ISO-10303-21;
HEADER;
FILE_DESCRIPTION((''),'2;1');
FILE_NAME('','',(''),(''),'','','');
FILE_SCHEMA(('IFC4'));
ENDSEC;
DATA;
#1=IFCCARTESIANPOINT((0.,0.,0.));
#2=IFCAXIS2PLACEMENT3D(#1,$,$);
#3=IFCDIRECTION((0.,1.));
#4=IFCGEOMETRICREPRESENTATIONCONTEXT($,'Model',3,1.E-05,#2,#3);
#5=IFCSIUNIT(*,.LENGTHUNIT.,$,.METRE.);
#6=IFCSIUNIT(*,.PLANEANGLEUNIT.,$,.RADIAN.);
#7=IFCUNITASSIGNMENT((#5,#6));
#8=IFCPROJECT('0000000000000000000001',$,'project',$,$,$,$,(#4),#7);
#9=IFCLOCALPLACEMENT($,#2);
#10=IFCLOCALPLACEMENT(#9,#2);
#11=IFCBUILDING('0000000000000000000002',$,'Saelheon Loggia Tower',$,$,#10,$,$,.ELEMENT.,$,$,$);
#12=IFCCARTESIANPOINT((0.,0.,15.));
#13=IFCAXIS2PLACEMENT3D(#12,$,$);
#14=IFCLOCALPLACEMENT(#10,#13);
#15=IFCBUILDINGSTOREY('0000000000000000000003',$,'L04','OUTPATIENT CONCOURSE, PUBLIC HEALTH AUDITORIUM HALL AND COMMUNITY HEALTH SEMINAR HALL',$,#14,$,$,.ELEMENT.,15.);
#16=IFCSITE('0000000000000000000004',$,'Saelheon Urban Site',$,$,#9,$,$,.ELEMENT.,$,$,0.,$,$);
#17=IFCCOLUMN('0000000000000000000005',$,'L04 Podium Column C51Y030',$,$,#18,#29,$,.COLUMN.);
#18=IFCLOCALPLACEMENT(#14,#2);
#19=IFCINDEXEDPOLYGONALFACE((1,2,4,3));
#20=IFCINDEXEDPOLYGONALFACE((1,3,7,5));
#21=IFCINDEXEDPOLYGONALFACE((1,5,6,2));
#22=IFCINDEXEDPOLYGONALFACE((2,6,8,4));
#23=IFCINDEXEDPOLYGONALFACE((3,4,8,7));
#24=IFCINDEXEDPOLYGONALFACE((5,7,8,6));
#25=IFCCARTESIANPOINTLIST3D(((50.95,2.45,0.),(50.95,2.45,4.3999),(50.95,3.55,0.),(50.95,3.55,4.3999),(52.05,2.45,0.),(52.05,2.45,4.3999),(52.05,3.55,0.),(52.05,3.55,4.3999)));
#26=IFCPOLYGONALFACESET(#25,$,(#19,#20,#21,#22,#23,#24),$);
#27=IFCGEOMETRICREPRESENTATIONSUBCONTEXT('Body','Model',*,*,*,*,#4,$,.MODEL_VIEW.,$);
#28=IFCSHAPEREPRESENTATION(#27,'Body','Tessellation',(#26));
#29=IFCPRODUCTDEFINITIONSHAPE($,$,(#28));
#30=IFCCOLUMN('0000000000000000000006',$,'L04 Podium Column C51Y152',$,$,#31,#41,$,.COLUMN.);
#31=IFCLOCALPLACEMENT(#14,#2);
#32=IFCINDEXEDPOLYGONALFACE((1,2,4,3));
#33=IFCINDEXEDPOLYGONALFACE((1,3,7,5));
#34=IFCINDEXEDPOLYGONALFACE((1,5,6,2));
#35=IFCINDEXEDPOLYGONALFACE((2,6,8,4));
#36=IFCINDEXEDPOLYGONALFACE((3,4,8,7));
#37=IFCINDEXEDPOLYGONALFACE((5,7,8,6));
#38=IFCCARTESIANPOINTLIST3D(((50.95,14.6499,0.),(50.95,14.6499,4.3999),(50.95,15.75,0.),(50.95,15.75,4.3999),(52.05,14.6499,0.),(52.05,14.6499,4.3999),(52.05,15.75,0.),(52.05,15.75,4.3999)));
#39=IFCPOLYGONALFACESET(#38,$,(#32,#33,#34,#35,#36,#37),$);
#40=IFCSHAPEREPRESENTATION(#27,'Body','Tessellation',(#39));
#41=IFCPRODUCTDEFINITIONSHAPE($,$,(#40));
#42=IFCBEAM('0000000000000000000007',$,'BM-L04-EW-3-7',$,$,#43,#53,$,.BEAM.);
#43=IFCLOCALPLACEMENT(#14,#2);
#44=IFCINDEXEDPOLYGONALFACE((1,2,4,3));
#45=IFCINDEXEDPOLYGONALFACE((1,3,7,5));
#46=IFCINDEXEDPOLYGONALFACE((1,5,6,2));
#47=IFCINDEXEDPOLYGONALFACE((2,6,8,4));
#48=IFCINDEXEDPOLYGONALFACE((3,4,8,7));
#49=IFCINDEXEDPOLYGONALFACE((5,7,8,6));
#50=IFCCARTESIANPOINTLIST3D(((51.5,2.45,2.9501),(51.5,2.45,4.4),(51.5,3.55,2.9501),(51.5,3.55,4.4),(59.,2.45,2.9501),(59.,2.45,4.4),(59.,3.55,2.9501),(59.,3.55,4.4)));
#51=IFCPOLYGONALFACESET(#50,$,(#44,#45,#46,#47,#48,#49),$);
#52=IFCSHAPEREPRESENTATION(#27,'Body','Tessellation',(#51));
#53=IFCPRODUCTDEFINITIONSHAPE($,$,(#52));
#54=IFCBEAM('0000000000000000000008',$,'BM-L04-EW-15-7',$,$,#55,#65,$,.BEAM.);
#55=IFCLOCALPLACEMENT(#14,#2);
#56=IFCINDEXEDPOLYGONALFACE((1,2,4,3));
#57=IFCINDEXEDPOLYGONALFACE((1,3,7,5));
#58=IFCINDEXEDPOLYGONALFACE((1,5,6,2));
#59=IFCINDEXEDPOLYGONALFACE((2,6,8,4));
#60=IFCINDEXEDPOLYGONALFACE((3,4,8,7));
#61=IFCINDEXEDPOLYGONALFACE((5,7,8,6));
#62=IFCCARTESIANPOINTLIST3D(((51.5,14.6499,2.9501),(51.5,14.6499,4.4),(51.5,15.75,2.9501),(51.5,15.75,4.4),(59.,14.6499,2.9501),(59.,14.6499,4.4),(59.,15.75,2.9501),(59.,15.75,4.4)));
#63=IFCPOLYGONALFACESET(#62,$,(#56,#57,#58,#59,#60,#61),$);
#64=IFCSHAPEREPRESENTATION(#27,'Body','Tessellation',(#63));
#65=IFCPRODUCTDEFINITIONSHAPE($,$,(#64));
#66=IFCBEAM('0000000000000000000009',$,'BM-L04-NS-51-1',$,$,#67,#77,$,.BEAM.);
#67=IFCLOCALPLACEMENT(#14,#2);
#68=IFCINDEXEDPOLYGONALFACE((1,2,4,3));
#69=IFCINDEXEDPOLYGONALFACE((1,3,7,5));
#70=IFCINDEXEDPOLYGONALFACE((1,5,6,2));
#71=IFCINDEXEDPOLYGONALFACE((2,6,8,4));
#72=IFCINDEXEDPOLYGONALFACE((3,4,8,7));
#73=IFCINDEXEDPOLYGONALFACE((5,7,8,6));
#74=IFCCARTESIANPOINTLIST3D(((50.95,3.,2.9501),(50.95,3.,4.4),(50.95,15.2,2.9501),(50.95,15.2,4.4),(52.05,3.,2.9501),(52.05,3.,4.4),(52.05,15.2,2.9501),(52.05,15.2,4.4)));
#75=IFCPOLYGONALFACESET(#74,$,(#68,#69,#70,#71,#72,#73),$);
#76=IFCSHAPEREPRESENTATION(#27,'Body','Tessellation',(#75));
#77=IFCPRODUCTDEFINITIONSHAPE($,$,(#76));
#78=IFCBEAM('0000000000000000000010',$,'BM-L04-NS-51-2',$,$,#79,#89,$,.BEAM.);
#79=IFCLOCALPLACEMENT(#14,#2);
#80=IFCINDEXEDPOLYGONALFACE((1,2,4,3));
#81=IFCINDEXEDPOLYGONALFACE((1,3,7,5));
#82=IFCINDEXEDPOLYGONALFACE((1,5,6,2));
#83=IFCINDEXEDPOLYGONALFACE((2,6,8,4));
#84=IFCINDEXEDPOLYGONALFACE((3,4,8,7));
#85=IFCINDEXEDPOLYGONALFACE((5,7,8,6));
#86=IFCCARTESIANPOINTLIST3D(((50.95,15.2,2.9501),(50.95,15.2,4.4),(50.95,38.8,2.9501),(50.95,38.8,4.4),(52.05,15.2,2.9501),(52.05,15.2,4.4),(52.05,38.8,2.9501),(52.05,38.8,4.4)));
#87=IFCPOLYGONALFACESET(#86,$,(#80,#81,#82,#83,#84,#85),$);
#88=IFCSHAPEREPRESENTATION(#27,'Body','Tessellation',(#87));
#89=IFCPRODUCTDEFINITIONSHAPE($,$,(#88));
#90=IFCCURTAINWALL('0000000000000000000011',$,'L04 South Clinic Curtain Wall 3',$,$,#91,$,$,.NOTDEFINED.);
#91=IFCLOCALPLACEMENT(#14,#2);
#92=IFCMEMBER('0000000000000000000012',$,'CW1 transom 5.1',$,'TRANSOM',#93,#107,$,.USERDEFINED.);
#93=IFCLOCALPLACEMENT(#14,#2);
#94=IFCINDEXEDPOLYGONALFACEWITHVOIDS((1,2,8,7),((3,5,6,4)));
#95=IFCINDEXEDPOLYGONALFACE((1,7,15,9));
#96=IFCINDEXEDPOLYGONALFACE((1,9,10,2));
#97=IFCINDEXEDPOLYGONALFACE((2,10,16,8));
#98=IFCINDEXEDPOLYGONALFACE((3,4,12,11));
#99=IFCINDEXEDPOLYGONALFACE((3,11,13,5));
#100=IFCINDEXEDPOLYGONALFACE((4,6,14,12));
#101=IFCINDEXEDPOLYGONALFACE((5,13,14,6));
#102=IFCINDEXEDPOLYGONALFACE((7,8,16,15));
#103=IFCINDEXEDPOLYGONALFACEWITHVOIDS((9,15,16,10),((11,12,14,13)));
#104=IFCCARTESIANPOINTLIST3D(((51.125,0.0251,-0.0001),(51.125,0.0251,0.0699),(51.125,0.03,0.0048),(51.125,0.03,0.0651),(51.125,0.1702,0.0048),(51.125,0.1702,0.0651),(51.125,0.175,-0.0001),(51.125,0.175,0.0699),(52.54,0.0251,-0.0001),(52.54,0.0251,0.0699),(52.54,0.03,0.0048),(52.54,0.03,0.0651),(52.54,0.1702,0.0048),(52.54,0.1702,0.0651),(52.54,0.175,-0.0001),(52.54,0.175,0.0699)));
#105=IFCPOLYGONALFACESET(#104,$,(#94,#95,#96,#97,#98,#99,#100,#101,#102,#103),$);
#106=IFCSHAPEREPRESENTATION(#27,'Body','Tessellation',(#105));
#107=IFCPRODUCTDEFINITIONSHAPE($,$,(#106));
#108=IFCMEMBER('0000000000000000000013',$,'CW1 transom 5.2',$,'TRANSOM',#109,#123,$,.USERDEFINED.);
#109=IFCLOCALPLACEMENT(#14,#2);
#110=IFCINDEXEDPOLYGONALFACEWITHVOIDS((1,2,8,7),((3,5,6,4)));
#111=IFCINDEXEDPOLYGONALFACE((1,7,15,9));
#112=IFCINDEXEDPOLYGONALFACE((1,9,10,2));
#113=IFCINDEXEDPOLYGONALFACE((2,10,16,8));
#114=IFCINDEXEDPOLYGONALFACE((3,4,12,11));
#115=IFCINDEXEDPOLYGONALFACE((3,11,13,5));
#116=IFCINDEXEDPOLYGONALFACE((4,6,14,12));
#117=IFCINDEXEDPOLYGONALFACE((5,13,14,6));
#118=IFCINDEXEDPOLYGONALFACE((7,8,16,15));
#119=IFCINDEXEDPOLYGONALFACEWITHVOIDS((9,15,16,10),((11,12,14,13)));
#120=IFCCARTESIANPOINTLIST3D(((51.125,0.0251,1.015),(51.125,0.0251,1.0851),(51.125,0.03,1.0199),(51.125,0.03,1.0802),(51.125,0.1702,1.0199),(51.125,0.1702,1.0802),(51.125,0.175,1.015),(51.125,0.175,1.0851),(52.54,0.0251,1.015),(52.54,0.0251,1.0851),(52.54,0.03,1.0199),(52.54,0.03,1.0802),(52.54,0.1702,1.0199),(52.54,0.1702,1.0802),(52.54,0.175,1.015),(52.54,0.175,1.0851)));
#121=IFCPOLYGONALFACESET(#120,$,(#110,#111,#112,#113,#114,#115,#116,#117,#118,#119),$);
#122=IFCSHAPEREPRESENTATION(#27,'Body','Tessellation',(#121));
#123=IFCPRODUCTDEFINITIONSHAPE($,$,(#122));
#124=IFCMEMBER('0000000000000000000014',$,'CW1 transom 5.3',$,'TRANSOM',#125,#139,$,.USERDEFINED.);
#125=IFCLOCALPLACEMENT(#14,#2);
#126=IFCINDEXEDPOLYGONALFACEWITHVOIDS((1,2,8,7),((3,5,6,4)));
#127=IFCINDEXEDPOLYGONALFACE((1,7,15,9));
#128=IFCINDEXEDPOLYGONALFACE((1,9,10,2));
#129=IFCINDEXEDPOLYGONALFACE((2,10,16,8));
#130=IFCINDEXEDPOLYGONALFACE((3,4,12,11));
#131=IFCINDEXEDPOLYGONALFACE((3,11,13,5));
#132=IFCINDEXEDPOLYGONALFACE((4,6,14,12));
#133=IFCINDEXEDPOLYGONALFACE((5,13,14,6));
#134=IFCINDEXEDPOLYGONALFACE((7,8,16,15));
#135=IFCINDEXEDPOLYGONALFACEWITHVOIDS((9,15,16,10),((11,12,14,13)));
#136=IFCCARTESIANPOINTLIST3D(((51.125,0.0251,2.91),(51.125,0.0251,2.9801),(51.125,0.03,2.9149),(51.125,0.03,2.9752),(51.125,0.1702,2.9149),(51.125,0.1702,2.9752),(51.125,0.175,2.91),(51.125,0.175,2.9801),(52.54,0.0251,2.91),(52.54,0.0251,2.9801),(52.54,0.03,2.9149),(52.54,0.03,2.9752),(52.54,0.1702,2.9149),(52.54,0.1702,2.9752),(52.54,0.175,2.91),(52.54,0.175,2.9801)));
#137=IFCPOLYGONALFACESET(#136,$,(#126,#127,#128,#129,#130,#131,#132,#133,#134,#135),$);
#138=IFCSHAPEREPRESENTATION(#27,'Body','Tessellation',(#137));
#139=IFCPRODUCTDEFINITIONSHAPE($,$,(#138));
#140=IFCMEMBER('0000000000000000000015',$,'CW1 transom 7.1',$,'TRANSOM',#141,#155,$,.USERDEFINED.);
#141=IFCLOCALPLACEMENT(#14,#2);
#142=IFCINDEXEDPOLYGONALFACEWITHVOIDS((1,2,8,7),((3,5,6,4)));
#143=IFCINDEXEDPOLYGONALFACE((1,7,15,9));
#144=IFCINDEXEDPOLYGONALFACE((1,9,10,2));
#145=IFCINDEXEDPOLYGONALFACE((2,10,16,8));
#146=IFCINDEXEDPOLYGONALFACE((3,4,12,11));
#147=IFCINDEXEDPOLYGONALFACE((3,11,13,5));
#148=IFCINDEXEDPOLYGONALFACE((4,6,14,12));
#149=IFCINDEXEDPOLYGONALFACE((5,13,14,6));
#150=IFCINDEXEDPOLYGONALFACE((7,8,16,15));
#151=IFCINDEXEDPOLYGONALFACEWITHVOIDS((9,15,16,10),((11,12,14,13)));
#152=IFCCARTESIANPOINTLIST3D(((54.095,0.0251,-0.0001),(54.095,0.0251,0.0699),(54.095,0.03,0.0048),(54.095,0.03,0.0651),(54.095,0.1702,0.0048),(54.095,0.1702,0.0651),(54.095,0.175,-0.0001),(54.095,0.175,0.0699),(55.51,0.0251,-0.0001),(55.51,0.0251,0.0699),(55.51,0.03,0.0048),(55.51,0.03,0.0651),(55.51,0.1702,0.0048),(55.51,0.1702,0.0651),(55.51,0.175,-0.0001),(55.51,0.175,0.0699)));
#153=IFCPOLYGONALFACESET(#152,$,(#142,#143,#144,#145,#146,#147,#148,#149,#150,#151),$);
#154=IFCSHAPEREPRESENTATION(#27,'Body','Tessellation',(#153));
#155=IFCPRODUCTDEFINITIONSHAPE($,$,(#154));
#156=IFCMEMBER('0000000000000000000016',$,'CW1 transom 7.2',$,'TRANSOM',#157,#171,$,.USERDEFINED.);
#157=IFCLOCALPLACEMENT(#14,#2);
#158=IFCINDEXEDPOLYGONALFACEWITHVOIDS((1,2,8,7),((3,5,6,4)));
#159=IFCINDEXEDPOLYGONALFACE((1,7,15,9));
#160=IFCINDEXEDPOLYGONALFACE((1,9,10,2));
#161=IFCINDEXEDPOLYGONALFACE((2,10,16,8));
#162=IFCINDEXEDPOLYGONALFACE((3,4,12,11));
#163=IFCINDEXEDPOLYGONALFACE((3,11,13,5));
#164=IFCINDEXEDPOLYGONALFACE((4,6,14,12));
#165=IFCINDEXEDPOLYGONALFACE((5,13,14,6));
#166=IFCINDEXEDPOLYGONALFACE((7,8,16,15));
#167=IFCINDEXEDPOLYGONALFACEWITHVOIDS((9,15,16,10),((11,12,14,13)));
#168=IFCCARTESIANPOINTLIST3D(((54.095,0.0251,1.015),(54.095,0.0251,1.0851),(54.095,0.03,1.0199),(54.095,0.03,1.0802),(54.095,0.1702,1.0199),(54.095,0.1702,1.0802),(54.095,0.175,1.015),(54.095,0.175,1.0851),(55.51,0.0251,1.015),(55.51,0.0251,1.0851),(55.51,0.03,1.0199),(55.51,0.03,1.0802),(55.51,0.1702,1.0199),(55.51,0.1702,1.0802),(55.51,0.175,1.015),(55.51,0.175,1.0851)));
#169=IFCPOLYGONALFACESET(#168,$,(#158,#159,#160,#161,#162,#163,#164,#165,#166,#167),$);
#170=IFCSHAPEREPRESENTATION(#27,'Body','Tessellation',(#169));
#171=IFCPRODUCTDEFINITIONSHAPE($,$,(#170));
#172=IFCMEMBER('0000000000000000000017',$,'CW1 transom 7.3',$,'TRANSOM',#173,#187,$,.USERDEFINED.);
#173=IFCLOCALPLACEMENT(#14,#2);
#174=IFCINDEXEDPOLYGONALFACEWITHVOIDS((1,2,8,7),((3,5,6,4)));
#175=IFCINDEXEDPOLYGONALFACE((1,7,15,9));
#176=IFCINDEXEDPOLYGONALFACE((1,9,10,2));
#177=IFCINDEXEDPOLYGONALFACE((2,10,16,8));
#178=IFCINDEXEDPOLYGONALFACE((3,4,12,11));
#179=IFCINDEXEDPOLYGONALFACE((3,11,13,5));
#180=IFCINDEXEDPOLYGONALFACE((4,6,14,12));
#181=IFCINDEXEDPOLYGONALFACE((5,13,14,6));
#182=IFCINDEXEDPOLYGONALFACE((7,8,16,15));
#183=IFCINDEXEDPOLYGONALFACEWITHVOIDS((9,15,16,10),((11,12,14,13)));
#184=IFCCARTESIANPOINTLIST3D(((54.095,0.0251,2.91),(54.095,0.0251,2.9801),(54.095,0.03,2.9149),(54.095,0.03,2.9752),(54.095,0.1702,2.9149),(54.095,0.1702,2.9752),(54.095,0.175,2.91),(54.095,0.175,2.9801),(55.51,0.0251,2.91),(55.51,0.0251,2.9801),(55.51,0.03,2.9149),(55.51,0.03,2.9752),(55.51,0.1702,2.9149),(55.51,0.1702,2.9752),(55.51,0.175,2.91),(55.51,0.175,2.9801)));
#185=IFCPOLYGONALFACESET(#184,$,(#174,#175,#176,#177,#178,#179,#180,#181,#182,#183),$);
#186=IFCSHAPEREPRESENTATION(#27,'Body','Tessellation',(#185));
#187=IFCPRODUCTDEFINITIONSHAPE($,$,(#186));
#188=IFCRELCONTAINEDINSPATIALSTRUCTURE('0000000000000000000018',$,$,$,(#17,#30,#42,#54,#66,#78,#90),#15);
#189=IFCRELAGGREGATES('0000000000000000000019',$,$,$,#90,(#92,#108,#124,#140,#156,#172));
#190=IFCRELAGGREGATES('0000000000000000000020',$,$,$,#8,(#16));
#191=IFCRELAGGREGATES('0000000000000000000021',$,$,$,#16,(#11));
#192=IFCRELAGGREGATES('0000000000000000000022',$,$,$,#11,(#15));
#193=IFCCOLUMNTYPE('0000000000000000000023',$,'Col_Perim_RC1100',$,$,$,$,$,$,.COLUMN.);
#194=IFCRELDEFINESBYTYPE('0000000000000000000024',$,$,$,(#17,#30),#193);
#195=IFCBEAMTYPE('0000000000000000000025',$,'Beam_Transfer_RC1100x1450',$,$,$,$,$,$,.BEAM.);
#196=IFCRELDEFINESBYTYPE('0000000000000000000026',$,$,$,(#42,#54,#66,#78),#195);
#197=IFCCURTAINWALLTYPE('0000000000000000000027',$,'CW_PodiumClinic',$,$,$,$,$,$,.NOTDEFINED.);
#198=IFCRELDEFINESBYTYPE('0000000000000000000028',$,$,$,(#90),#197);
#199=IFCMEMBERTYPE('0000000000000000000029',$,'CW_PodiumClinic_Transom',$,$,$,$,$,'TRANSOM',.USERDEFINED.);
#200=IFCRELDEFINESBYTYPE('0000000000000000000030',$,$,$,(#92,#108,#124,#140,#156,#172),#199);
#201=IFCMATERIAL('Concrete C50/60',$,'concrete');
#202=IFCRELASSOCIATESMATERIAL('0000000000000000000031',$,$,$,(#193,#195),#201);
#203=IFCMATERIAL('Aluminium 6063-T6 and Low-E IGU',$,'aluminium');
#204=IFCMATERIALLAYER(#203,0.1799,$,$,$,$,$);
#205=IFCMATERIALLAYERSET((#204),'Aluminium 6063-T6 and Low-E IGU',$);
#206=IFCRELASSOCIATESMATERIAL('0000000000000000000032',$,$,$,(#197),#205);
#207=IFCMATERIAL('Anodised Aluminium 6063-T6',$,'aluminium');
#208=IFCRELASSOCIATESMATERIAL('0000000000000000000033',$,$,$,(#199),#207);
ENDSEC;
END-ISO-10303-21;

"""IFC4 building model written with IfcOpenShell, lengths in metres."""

from ifc_helpers import new_model, si_unit, direction, frame, origin, origin_2d, place, context, subcontext, project, spatial, rectangle, hollow_rectangle, extrude, source, transform, mapped, material, layer, layer_set, material_profile, profile_set, type_object, element, aggregate, save


model = new_model("IFC4")

# Units and contexts
model_context = context("Model", 3, precision=1e-05, world=origin(), true_north=direction((0.0, 1.0)))
body_context = subcontext(model_context, "Body", "Model", "MODEL_VIEW")
ifc_project = project(units=[si_unit("LENGTHUNIT", "METRE"), si_unit("PLANEANGLEUNIT", "RADIAN")], contexts=[model_context])

# Site, building, storey
site_placement = place(None, origin())
site = spatial("IfcSite", under=ifc_project, at=site_placement, Name="Saelheon Urban Site", CompositionType="ELEMENT", RefElevation=0.0)
building_placement = place(site_placement, origin())
building = spatial("IfcBuilding", under=site, at=building_placement, Name="Saelheon Loggia Tower", CompositionType="ELEMENT")
storey_placement = place(building_placement, frame((0.0, 0.0, 15.0)))
storey = spatial("IfcBuildingStorey", under=building, at=storey_placement, Name="L04", Description="OUTPATIENT CONCOURSE, PUBLIC HEALTH AUDITORIUM HALL AND COMMUNITY HEALTH SEMINAR HALL", CompositionType="ELEMENT", Elevation=15.0)

# Columns
ifc_material_1 = material(Name="Concrete C50/60", Category="concrete")
ifc_material_profile_1 = material_profile(ifc_material_1, rectangle(XDim=1.1001, YDim=1.1001, at=origin_2d()), Name="RC-1100x1100")
ifc_profile_set_1 = profile_set([ifc_material_profile_1], Name="Concrete C50/60")
column_type = type_object("IfcColumnType", Name="Col_Perim_RC1100", PredefinedType="COLUMN", material=ifc_profile_set_1)
shared_shape_1 = source(origin(), body_context, "Body", "SweptSolid", [
    extrude(rectangle(XDim=1.1001, YDim=1.1001, at=origin_2d()), origin(), (0.0, 0.0, 1.0), 4.3999),
])
for number, where, z_axis, x_axis, name in (
    (1, (51.5, 3.0, 0.0), (0.0, 0.0, 1.0), (1.0, 0.0, 0.0), "L04 Podium Column C51Y030"),
    (2, (51.5, 15.2, 0.0), (0.0, 0.0, 1.0), (1.0, 0.0, 0.0), "L04 Podium Column C51Y152"),
):
    element("IfcColumn", number, at=place(storey_placement, frame(where, z_axis=z_axis, x_axis=x_axis)), inside=storey, type_object=column_type, Name=name, PredefinedType="COLUMN", context=body_context, shape_type="MappedRepresentation", body=[
        mapped(shared_shape_1, transform((0.0, 0.0, 0.0), scale=1.0)),
    ])

# Beams
ifc_material_profile_2 = material_profile(ifc_material_1, rectangle(XDim=1.1001, YDim=1.45, at=origin_2d()), Name="RC-1100x1450")
ifc_profile_set_2 = profile_set([ifc_material_profile_2], Name="Concrete C50/60")
beam_type = type_object("IfcBeamType", Name="Beam_Transfer_RC1100x1450", PredefinedType="BEAM", material=ifc_profile_set_2)
shared_shape_2 = source(origin(), body_context, "Body", "SweptSolid", [
    extrude(rectangle(XDim=1.1001, YDim=1.45, at=origin_2d()), origin(), (0.0, 0.0, 1.0), 7.5),
])
for number, where, z_axis, x_axis, name in (
    (3, (51.5, 3.0, 3.675), (1.0, 0.0, 0.0), (0.0, 1.0, 0.0), "BM-L04-EW-3-7"),
    (4, (51.5, 15.2, 3.675), (1.0, 0.0, 0.0), (0.0, 1.0, 0.0), "BM-L04-EW-15-7"),
):
    element("IfcBeam", number, at=place(storey_placement, frame(where, z_axis=z_axis, x_axis=x_axis)), inside=storey, type_object=beam_type, Name=name, PredefinedType="BEAM", context=body_context, shape_type="MappedRepresentation", body=[
        mapped(shared_shape_2, transform((0.0, 0.0, 0.0), scale=1.0)),
    ])
shared_shape_3 = source(origin(), body_context, "Body", "SweptSolid", [
    extrude(rectangle(XDim=1.1001, YDim=1.45, at=origin_2d()), origin(), (0.0, 0.0, 1.0), 12.2),
])
beam_1_placement = place(storey_placement, frame((51.5, 3.0, 3.675), z_axis=(0.0, 1.0, 0.0), x_axis=(-1.0, 0.0, 0.0)))
element("IfcBeam", 5, at=beam_1_placement, inside=storey, type_object=beam_type, Name="BM-L04-NS-51-1", PredefinedType="BEAM", context=body_context, shape_type="MappedRepresentation", body=[
    mapped(shared_shape_3, transform((0.0, 0.0, 0.0), scale=1.0)),
])
shared_shape_4 = source(origin(), body_context, "Body", "SweptSolid", [
    extrude(rectangle(XDim=1.1001, YDim=1.45, at=origin_2d()), origin(), (0.0, 0.0, 1.0), 23.6001),
])
beam_2_placement = place(storey_placement, frame((51.5, 15.2, 3.675), z_axis=(0.0, 1.0, 0.0), x_axis=(-1.0, 0.0, 0.0)))
element("IfcBeam", 6, at=beam_2_placement, inside=storey, type_object=beam_type, Name="BM-L04-NS-51-2", PredefinedType="BEAM", context=body_context, shape_type="MappedRepresentation", body=[
    mapped(shared_shape_4, transform((0.0, 0.0, 0.0), scale=1.0)),
])

# Curtain wall, members
ifc_material_2 = material(Name="Aluminium 6063-T6 and Low-E IGU", Category="aluminium")
ifc_layer_1 = layer(ifc_material_2, 0.1799)
ifc_layer_set_1 = layer_set([ifc_layer_1], Name="Aluminium 6063-T6 and Low-E IGU")
curtain_wall_type = type_object("IfcCurtainWallType", Name="CW_PodiumClinic", PredefinedType="NOTDEFINED", material=ifc_layer_set_1)
curtain_wall_placement = place(storey_placement, origin())
curtain_wall = element("IfcCurtainWall", 7, at=curtain_wall_placement, inside=storey, type_object=curtain_wall_type, Name="L04 South Clinic Curtain Wall 3", PredefinedType="NOTDEFINED")
ifc_material_3 = material(Name="Anodised Aluminium 6063-T6", Category="aluminium")
ifc_material_profile_3 = material_profile(ifc_material_3, hollow_rectangle(XDim=0.0701, YDim=0.1499, WallThickness=0.0049, at=origin_2d()), Name="RHS-150x70x5")
ifc_profile_set_3 = profile_set([ifc_material_profile_3], Name="Anodised Aluminium 6063-T6")
member_type_1 = type_object("IfcMemberType", Name="CW_PodiumClinic_Transom", ElementType="TRANSOM", PredefinedType="USERDEFINED", material=ifc_profile_set_3)
shared_shape_5 = source(origin(), body_context, "Body", "SweptSolid", [
    extrude(hollow_rectangle(XDim=0.0701, YDim=0.1499, WallThickness=0.0049, at=origin_2d()), origin(), (0.0, 0.0, 1.0), 1.415),
])
member_1_placement = place(storey_placement, frame((51.125, 0.1001, 0.0349), z_axis=(1.0, 0.0, 0.0), x_axis=(0.0, 0.0, 1.0)))
member_1 = element("IfcMember", 8, at=member_1_placement, type_object=member_type_1, Name="CW1 transom 5.1", ObjectType="TRANSOM", PredefinedType="USERDEFINED", context=body_context, shape_type="MappedRepresentation", body=[
    mapped(shared_shape_5, transform((0.0, 0.0, 0.0), scale=1.0)),
])
member_2_placement = place(storey_placement, frame((51.125, 0.1001, 1.05), z_axis=(1.0, 0.0, 0.0), x_axis=(0.0, 0.0, 1.0)))
member_2 = element("IfcMember", 9, at=member_2_placement, type_object=member_type_1, Name="CW1 transom 5.2", ObjectType="TRANSOM", PredefinedType="USERDEFINED", context=body_context, shape_type="MappedRepresentation", body=[
    mapped(shared_shape_5, transform((0.0, 0.0, 0.0), scale=1.0)),
])
member_3_placement = place(storey_placement, frame((51.125, 0.1001, 2.9451), z_axis=(1.0, 0.0, 0.0), x_axis=(0.0, 0.0, 1.0)))
member_3 = element("IfcMember", 10, at=member_3_placement, type_object=member_type_1, Name="CW1 transom 5.3", ObjectType="TRANSOM", PredefinedType="USERDEFINED", context=body_context, shape_type="MappedRepresentation", body=[
    mapped(shared_shape_5, transform((0.0, 0.0, 0.0), scale=1.0)),
])
member_4_placement = place(storey_placement, frame((54.095, 0.1001, 0.0349), z_axis=(1.0, 0.0, 0.0), x_axis=(0.0, 0.0, 1.0)))
member_4 = element("IfcMember", 11, at=member_4_placement, type_object=member_type_1, Name="CW1 transom 7.1", ObjectType="TRANSOM", PredefinedType="USERDEFINED", context=body_context, shape_type="MappedRepresentation", body=[
    mapped(shared_shape_5, transform((0.0, 0.0, 0.0), scale=1.0)),
])
member_5_placement = place(storey_placement, frame((54.095, 0.1001, 1.05), z_axis=(1.0, 0.0, 0.0), x_axis=(0.0, 0.0, 1.0)))
member_5 = element("IfcMember", 12, at=member_5_placement, type_object=member_type_1, Name="CW1 transom 7.2", ObjectType="TRANSOM", PredefinedType="USERDEFINED", context=body_context, shape_type="MappedRepresentation", body=[
    mapped(shared_shape_5, transform((0.0, 0.0, 0.0), scale=1.0)),
])
member_6_placement = place(storey_placement, frame((54.095, 0.1001, 2.9451), z_axis=(1.0, 0.0, 0.0), x_axis=(0.0, 0.0, 1.0)))
member_6 = element("IfcMember", 13, at=member_6_placement, type_object=member_type_1, Name="CW1 transom 7.3", ObjectType="TRANSOM", PredefinedType="USERDEFINED", context=body_context, shape_type="MappedRepresentation", body=[
    mapped(shared_shape_5, transform((0.0, 0.0, 0.0), scale=1.0)),
])
aggregate(curtain_wall, [member_1, member_2, member_3, member_4, member_5, member_6])

save(model, "model.ifc")
